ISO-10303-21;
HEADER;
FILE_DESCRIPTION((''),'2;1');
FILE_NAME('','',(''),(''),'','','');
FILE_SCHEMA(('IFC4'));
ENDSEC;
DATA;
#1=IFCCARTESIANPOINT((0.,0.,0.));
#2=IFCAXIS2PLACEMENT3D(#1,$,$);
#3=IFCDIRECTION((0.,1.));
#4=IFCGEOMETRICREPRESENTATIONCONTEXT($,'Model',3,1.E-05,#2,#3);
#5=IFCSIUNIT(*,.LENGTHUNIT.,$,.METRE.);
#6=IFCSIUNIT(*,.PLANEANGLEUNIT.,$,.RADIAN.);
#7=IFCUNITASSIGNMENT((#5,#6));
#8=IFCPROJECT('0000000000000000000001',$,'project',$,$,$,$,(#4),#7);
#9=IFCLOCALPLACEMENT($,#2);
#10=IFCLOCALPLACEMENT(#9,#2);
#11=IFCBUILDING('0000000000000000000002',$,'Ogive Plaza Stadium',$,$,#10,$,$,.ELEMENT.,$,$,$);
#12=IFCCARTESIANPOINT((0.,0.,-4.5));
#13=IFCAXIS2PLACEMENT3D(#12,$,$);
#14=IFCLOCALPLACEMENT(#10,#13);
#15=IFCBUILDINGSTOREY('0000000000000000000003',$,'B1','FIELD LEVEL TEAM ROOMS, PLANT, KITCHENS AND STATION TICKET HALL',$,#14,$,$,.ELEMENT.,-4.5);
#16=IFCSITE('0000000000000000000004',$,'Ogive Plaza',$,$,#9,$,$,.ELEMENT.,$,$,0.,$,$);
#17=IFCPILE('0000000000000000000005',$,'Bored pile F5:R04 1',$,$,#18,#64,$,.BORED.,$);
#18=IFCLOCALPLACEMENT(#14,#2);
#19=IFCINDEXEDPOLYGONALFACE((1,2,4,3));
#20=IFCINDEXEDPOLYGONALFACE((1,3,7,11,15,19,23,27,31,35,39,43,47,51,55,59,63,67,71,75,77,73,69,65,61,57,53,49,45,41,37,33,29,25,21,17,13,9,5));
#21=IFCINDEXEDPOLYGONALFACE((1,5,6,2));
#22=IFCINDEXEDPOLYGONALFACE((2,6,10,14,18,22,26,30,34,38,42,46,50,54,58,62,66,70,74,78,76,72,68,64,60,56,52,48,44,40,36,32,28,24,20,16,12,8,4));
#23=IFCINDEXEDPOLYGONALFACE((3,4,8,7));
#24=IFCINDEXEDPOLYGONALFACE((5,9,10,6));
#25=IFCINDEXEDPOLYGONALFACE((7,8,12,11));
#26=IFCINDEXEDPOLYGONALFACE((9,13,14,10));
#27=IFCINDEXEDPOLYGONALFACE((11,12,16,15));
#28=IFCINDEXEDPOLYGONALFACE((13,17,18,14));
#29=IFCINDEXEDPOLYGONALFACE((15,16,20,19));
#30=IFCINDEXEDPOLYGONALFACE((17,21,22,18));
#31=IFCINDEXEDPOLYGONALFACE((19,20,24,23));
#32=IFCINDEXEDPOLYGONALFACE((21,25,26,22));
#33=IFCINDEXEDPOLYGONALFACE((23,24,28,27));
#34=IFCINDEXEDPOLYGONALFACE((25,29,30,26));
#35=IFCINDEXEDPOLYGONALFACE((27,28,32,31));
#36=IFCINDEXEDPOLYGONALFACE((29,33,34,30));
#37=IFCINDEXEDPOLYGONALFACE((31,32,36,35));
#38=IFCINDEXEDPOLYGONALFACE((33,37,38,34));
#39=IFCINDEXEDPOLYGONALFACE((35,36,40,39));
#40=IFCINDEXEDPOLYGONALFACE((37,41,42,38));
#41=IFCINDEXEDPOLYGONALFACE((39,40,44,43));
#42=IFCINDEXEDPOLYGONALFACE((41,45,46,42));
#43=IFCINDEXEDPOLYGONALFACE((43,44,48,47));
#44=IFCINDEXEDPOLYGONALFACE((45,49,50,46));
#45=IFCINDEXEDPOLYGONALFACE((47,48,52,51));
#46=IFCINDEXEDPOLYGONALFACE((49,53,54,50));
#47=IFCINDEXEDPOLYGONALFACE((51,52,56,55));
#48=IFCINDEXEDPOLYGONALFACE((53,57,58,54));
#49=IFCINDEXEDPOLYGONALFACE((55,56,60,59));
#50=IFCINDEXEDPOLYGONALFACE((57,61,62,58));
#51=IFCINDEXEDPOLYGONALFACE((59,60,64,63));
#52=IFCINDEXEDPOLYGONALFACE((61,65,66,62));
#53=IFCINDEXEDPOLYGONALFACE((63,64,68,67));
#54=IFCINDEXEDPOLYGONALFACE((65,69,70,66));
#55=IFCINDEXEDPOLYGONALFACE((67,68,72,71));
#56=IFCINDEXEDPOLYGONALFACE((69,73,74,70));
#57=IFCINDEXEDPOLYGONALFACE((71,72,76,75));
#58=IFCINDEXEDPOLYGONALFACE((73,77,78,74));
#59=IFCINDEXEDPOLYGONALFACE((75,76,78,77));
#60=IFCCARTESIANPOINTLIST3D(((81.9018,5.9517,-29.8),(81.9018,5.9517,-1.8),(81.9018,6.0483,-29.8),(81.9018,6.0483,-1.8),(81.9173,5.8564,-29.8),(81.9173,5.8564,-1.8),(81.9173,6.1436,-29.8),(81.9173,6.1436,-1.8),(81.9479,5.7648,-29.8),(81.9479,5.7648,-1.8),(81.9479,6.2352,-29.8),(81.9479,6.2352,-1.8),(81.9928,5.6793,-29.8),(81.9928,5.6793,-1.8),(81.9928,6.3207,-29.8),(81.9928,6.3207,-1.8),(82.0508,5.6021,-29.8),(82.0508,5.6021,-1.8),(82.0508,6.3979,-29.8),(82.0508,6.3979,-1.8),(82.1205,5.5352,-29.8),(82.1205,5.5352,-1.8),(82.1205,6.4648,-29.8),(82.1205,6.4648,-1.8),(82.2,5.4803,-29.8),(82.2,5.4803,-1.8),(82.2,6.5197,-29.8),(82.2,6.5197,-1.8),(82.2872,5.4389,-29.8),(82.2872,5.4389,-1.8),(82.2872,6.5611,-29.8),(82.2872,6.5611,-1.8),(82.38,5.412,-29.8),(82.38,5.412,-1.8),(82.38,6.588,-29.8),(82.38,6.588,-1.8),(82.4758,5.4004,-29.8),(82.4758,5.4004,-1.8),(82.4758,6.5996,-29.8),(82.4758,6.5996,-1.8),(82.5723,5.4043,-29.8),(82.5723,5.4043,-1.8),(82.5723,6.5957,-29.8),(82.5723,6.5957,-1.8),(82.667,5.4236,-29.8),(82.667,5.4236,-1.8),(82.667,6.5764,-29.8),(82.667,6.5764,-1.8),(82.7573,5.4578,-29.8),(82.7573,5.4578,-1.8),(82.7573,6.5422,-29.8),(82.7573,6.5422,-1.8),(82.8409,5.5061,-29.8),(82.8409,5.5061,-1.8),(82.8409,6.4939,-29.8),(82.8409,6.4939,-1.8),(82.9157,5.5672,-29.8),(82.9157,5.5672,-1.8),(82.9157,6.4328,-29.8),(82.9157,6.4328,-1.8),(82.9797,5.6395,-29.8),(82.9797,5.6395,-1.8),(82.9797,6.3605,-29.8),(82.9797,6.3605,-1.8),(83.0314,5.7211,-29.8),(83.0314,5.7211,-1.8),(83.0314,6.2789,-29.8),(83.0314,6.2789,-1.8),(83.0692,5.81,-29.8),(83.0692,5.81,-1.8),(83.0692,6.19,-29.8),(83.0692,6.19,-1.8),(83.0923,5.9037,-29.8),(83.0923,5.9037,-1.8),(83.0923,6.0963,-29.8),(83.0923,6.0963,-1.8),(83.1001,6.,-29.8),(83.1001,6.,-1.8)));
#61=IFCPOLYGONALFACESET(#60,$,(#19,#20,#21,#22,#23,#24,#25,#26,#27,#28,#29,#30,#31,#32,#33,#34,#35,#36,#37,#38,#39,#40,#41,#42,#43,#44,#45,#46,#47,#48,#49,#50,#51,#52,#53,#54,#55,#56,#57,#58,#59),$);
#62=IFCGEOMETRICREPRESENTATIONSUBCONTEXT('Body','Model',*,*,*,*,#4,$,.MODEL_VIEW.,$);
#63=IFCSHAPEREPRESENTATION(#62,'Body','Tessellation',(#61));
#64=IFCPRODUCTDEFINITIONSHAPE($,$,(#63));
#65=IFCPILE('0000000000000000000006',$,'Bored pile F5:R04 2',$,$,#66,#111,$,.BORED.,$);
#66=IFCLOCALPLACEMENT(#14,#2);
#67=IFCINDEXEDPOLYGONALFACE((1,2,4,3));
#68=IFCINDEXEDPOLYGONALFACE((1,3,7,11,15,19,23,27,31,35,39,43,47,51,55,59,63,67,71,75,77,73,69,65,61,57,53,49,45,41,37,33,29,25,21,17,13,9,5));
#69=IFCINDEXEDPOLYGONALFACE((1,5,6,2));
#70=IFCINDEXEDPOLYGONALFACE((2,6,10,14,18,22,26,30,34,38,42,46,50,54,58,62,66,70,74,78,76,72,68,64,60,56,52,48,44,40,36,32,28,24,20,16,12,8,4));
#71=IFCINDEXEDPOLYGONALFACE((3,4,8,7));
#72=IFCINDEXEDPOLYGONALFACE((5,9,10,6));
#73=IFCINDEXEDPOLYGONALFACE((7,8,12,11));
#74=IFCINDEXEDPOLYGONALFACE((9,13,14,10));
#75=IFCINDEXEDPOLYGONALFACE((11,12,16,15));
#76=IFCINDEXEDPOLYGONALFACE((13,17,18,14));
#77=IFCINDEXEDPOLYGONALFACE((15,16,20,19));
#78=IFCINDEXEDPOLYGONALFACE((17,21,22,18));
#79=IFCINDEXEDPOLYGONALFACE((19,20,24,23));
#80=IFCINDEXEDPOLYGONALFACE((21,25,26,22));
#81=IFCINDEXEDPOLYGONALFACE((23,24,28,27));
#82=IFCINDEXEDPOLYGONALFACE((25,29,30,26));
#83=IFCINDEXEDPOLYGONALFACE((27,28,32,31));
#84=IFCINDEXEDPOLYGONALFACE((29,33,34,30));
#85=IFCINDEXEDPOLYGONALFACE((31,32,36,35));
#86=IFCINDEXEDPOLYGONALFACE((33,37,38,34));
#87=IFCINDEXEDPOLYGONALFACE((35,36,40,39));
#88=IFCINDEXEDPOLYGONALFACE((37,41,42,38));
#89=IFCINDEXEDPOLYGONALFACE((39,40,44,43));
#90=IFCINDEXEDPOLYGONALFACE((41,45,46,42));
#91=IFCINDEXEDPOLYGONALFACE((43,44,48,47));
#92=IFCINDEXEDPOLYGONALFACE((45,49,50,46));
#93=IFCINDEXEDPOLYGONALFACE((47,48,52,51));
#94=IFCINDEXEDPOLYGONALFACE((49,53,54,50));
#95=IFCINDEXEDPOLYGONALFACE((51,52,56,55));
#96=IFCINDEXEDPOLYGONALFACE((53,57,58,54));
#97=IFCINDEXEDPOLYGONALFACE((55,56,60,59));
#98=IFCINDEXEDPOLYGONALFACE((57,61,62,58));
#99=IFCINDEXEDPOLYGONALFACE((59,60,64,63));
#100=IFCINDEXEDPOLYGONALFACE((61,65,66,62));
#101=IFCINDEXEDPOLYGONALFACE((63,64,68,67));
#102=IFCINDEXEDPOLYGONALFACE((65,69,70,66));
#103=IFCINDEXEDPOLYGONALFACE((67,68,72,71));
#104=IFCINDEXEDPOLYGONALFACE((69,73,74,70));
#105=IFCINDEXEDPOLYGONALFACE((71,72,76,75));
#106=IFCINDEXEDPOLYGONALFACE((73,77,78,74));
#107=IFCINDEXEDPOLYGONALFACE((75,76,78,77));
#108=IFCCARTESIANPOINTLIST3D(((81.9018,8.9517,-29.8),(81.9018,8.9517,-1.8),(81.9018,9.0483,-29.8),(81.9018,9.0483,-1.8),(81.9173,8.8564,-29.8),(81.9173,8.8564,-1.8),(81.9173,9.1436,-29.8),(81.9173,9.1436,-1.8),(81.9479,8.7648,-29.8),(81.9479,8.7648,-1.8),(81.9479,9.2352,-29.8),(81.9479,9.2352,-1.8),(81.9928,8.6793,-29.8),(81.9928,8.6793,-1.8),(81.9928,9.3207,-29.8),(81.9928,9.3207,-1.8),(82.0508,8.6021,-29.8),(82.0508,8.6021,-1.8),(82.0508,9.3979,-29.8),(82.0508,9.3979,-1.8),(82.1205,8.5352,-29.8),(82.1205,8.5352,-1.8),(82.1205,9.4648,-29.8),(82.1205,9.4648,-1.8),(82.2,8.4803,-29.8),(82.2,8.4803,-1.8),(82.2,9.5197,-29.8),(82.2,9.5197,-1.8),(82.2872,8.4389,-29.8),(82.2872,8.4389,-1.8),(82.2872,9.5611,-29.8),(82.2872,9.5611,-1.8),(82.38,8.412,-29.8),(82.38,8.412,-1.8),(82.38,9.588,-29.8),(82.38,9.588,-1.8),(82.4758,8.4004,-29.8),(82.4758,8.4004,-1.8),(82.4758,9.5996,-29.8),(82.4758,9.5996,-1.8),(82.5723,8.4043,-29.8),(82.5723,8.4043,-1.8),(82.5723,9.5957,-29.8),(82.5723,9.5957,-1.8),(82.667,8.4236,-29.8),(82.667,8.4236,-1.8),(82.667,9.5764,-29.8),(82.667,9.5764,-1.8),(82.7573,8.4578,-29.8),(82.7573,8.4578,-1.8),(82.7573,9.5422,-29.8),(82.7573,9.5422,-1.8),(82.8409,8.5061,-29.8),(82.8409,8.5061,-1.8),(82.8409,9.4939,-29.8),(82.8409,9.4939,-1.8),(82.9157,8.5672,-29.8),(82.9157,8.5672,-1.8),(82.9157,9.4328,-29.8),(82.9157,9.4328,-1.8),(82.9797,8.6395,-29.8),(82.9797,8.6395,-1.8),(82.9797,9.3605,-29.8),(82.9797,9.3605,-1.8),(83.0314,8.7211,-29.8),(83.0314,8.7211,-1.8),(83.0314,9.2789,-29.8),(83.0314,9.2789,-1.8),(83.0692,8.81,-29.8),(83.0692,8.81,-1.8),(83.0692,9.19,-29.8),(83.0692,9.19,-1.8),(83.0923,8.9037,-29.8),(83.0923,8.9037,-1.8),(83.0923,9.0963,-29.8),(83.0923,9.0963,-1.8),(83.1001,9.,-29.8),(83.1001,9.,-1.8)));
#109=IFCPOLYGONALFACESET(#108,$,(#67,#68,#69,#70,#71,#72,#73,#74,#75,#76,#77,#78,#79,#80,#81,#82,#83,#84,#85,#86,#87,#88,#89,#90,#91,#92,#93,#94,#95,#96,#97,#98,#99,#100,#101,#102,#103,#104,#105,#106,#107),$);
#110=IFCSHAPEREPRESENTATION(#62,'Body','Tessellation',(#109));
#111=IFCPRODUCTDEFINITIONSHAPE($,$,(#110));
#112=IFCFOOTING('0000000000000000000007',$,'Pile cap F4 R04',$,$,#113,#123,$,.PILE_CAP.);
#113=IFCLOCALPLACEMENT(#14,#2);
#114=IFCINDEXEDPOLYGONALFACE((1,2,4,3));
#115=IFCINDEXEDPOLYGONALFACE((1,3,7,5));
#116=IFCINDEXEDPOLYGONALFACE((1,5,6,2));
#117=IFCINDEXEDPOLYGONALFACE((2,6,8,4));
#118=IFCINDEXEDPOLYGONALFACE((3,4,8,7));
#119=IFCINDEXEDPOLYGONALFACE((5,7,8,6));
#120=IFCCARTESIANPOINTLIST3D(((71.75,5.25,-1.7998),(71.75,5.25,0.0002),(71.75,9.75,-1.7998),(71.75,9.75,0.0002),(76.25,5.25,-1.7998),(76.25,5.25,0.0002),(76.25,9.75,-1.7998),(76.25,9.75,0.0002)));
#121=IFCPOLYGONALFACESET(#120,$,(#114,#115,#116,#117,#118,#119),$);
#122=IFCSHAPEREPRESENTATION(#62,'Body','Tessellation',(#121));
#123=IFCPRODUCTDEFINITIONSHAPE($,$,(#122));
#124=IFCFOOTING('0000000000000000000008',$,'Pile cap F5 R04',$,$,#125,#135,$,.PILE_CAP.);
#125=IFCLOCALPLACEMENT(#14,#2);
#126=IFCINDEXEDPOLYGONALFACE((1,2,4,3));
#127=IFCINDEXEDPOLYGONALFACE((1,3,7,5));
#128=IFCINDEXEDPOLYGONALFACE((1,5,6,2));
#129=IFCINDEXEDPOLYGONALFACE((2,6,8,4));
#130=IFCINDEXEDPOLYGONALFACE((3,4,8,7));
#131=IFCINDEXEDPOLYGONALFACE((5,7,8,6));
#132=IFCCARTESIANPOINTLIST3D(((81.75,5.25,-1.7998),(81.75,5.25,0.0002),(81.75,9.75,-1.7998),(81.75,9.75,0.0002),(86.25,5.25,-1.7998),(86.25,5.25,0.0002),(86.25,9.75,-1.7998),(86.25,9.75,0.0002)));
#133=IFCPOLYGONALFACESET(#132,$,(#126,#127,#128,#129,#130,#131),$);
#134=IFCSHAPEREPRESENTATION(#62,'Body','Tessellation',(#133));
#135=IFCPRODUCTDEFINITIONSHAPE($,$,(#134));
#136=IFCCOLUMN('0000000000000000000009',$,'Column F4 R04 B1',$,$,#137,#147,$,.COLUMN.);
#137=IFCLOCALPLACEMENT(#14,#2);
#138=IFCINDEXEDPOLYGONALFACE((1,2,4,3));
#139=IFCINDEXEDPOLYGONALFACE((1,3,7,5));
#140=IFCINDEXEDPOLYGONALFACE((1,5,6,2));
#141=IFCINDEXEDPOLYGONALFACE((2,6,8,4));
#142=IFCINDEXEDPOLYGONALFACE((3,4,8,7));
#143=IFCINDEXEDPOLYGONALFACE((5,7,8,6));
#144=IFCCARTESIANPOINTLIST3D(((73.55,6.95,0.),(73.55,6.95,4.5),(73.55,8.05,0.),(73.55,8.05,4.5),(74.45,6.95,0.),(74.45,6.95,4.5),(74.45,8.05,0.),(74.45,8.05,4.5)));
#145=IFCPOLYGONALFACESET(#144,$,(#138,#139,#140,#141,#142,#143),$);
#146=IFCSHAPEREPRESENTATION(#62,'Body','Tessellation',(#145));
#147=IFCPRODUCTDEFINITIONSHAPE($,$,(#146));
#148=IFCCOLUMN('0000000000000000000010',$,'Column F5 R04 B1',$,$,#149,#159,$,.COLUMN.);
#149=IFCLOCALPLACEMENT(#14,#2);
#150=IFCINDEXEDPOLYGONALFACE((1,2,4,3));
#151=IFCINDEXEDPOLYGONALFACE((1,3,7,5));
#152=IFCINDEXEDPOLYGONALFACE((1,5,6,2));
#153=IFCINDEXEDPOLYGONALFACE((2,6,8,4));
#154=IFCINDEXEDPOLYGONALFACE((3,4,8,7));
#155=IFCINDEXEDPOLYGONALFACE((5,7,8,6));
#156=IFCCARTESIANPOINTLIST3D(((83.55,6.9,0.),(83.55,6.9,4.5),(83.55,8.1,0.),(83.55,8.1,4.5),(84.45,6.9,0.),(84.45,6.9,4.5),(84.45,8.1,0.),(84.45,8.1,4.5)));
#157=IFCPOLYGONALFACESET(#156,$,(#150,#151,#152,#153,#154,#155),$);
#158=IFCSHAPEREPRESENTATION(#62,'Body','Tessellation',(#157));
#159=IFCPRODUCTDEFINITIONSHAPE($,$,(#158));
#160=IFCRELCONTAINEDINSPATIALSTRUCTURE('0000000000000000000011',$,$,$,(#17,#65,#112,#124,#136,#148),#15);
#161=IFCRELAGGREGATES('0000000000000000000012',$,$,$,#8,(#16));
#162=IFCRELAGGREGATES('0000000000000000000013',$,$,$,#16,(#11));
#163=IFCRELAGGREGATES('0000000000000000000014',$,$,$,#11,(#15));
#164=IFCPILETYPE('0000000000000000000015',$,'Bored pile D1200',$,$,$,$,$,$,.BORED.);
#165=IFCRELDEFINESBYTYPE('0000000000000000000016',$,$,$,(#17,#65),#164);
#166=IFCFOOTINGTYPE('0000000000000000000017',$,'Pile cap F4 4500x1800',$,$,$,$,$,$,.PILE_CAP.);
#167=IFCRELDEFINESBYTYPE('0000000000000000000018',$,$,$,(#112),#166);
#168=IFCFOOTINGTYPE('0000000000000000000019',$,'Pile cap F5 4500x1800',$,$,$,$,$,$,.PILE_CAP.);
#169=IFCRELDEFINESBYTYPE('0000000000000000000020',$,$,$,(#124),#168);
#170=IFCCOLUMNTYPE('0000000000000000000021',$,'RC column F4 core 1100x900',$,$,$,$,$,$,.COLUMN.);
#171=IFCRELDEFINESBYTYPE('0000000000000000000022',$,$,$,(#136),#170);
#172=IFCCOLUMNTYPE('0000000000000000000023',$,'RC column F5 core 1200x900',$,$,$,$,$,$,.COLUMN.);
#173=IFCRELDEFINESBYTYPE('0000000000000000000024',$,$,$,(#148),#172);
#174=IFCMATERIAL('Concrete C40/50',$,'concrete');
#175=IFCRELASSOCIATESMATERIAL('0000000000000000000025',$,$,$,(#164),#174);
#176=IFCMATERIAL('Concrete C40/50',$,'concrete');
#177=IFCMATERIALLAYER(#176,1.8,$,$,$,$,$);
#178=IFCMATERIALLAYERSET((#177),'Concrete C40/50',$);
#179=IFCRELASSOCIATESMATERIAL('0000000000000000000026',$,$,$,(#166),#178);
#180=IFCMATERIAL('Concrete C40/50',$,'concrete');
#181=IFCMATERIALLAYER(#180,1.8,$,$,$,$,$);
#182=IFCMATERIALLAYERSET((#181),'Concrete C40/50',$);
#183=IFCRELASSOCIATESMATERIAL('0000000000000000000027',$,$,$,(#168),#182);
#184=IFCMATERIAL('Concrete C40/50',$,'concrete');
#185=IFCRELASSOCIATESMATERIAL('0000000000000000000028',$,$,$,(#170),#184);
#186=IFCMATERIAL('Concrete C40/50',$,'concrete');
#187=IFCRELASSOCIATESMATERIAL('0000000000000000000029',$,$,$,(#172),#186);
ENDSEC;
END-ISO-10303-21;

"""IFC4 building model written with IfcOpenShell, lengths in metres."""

from ifc_helpers import new_model, si_unit, direction, frame, origin, origin_2d, place, context, subcontext, project, spatial, rectangle, circle, extrude, material, layer, layer_set, material_profile, profile_set, type_object, element, save


model = new_model("IFC4")

# Units and contexts
model_context = context("Model", 3, precision=1e-05, world=origin(), true_north=direction((0.0, 1.0)))
body_context = subcontext(model_context, "Body", "Model", "MODEL_VIEW")
ifc_project = project(units=[si_unit("LENGTHUNIT", "METRE"), si_unit("PLANEANGLEUNIT", "RADIAN")], contexts=[model_context])

# Site, building, storey
site_placement = place(None, origin())
site = spatial("IfcSite", under=ifc_project, at=site_placement, Name="Ogive Plaza", CompositionType="ELEMENT", RefElevation=0.0)
building_placement = place(site_placement, origin())
building = spatial("IfcBuilding", under=site, at=building_placement, Name="Ogive Plaza Stadium", CompositionType="ELEMENT")
storey_placement = place(building_placement, frame((0.0, 0.0, -4.5)))
storey = spatial("IfcBuildingStorey", under=building, at=storey_placement, Name="B1", Description="FIELD LEVEL TEAM ROOMS, PLANT, KITCHENS AND STATION TICKET HALL", CompositionType="ELEMENT", Elevation=-4.5)

# Piles
ifc_material_1 = material(Name="Concrete C40/50", Category="concrete")
ifc_material_profile_1 = material_profile(ifc_material_1, circle(Radius=0.6001, at=origin_2d()), Name="RC D1200")
ifc_profile_set_1 = profile_set([ifc_material_profile_1], Name="Concrete C40/50")
pile_type_1 = type_object("IfcPileType", Name="Bored pile D1200", PredefinedType="BORED", material=ifc_profile_set_1)
for number, where, z_axis, x_axis, name in (
    (1, (82.5, 6.0, -1.8), (0.0, 0.0, -1.0), (1.0, 0.0, 0.0), "Bored pile F5:R04 1"),
    (2, (82.5, 9.0, -1.8), (0.0, 0.0, -1.0), (1.0, 0.0, 0.0), "Bored pile F5:R04 2"),
):
    element("IfcPile", number, at=place(storey_placement, frame(where, z_axis=z_axis, x_axis=x_axis)), inside=storey, type_object=pile_type_1, Name=name, PredefinedType="BORED", context=body_context, shape_type="SweptSolid", body=[
        extrude(circle(Radius=0.6001, at=origin_2d()), origin(), (0.0, 0.0, 1.0), 28.0),
    ])

# Footings
ifc_material_2 = material(Name="Concrete C40/50", Category="concrete")
ifc_layer_1 = layer(ifc_material_2, 1.8)
ifc_layer_set_1 = layer_set([ifc_layer_1], Name="Concrete C40/50")
footing_type_1 = type_object("IfcFootingType", Name="Pile cap F4 4500x1800", PredefinedType="PILE_CAP", material=ifc_layer_set_1)
footing_1_placement = place(storey_placement, frame((74.0, 7.5, -1.7998), z_axis=(0.0, 0.0, 1.0), x_axis=(1.0, 0.0, 0.0)))
element("IfcFooting", 3, at=footing_1_placement, inside=storey, type_object=footing_type_1, Name="Pile cap F4 R04", PredefinedType="PILE_CAP", context=body_context, shape_type="SweptSolid", body=[
    extrude(rectangle(XDim=4.5, YDim=4.5, at=origin_2d()), origin(), (0.0, 0.0, 1.0), 1.8),
])
ifc_material_3 = material(Name="Concrete C40/50", Category="concrete")
ifc_layer_2 = layer(ifc_material_3, 1.8)
ifc_layer_set_2 = layer_set([ifc_layer_2], Name="Concrete C40/50")
footing_type_2 = type_object("IfcFootingType", Name="Pile cap F5 4500x1800", PredefinedType="PILE_CAP", material=ifc_layer_set_2)
footing_2_placement = place(storey_placement, frame((84.0, 7.5, -1.7998), z_axis=(0.0, 0.0, 1.0), x_axis=(1.0, 0.0, 0.0)))
element("IfcFooting", 4, at=footing_2_placement, inside=storey, type_object=footing_type_2, Name="Pile cap F5 R04", PredefinedType="PILE_CAP", context=body_context, shape_type="SweptSolid", body=[
    extrude(rectangle(XDim=4.5, YDim=4.5, at=origin_2d()), origin(), (0.0, 0.0, 1.0), 1.8),
])

# Columns
ifc_material_4 = material(Name="Concrete C40/50", Category="concrete")
ifc_material_profile_2 = material_profile(ifc_material_4, rectangle(XDim=1.1001, YDim=0.8999, at=origin_2d()), Name="RC 1100x900")
ifc_profile_set_2 = profile_set([ifc_material_profile_2], Name="Concrete C40/50")
column_type_1 = type_object("IfcColumnType", Name="RC column F4 core 1100x900", PredefinedType="COLUMN", material=ifc_profile_set_2)
column_1_placement = place(storey_placement, frame((74.0, 7.5, 0.0), z_axis=(0.0, 0.0, 1.0), x_axis=(0.0, 1.0, 0.0)))
element("IfcColumn", 5, at=column_1_placement, inside=storey, type_object=column_type_1, Name="Column F4 R04 B1", PredefinedType="COLUMN", context=body_context, shape_type="SweptSolid", body=[
    extrude(rectangle(XDim=1.1001, YDim=0.8999, at=origin_2d()), origin(), (0.0, 0.0, 1.0), 4.5),
])
ifc_material_5 = material(Name="Concrete C40/50", Category="concrete")
ifc_material_profile_3 = material_profile(ifc_material_5, rectangle(XDim=1.2, YDim=0.8999, at=origin_2d()), Name="RC 1200x900")
ifc_profile_set_3 = profile_set([ifc_material_profile_3], Name="Concrete C40/50")
column_type_2 = type_object("IfcColumnType", Name="RC column F5 core 1200x900", PredefinedType="COLUMN", material=ifc_profile_set_3)
column_2_placement = place(storey_placement, frame((84.0, 7.5, 0.0), z_axis=(0.0, 0.0, 1.0), x_axis=(0.0, 1.0, 0.0)))
element("IfcColumn", 6, at=column_2_placement, inside=storey, type_object=column_type_2, Name="Column F5 R04 B1", PredefinedType="COLUMN", context=body_context, shape_type="SweptSolid", body=[
    extrude(rectangle(XDim=1.2, YDim=0.8999, at=origin_2d()), origin(), (0.0, 0.0, 1.0), 4.5),
])

save(model, "model.ifc")
